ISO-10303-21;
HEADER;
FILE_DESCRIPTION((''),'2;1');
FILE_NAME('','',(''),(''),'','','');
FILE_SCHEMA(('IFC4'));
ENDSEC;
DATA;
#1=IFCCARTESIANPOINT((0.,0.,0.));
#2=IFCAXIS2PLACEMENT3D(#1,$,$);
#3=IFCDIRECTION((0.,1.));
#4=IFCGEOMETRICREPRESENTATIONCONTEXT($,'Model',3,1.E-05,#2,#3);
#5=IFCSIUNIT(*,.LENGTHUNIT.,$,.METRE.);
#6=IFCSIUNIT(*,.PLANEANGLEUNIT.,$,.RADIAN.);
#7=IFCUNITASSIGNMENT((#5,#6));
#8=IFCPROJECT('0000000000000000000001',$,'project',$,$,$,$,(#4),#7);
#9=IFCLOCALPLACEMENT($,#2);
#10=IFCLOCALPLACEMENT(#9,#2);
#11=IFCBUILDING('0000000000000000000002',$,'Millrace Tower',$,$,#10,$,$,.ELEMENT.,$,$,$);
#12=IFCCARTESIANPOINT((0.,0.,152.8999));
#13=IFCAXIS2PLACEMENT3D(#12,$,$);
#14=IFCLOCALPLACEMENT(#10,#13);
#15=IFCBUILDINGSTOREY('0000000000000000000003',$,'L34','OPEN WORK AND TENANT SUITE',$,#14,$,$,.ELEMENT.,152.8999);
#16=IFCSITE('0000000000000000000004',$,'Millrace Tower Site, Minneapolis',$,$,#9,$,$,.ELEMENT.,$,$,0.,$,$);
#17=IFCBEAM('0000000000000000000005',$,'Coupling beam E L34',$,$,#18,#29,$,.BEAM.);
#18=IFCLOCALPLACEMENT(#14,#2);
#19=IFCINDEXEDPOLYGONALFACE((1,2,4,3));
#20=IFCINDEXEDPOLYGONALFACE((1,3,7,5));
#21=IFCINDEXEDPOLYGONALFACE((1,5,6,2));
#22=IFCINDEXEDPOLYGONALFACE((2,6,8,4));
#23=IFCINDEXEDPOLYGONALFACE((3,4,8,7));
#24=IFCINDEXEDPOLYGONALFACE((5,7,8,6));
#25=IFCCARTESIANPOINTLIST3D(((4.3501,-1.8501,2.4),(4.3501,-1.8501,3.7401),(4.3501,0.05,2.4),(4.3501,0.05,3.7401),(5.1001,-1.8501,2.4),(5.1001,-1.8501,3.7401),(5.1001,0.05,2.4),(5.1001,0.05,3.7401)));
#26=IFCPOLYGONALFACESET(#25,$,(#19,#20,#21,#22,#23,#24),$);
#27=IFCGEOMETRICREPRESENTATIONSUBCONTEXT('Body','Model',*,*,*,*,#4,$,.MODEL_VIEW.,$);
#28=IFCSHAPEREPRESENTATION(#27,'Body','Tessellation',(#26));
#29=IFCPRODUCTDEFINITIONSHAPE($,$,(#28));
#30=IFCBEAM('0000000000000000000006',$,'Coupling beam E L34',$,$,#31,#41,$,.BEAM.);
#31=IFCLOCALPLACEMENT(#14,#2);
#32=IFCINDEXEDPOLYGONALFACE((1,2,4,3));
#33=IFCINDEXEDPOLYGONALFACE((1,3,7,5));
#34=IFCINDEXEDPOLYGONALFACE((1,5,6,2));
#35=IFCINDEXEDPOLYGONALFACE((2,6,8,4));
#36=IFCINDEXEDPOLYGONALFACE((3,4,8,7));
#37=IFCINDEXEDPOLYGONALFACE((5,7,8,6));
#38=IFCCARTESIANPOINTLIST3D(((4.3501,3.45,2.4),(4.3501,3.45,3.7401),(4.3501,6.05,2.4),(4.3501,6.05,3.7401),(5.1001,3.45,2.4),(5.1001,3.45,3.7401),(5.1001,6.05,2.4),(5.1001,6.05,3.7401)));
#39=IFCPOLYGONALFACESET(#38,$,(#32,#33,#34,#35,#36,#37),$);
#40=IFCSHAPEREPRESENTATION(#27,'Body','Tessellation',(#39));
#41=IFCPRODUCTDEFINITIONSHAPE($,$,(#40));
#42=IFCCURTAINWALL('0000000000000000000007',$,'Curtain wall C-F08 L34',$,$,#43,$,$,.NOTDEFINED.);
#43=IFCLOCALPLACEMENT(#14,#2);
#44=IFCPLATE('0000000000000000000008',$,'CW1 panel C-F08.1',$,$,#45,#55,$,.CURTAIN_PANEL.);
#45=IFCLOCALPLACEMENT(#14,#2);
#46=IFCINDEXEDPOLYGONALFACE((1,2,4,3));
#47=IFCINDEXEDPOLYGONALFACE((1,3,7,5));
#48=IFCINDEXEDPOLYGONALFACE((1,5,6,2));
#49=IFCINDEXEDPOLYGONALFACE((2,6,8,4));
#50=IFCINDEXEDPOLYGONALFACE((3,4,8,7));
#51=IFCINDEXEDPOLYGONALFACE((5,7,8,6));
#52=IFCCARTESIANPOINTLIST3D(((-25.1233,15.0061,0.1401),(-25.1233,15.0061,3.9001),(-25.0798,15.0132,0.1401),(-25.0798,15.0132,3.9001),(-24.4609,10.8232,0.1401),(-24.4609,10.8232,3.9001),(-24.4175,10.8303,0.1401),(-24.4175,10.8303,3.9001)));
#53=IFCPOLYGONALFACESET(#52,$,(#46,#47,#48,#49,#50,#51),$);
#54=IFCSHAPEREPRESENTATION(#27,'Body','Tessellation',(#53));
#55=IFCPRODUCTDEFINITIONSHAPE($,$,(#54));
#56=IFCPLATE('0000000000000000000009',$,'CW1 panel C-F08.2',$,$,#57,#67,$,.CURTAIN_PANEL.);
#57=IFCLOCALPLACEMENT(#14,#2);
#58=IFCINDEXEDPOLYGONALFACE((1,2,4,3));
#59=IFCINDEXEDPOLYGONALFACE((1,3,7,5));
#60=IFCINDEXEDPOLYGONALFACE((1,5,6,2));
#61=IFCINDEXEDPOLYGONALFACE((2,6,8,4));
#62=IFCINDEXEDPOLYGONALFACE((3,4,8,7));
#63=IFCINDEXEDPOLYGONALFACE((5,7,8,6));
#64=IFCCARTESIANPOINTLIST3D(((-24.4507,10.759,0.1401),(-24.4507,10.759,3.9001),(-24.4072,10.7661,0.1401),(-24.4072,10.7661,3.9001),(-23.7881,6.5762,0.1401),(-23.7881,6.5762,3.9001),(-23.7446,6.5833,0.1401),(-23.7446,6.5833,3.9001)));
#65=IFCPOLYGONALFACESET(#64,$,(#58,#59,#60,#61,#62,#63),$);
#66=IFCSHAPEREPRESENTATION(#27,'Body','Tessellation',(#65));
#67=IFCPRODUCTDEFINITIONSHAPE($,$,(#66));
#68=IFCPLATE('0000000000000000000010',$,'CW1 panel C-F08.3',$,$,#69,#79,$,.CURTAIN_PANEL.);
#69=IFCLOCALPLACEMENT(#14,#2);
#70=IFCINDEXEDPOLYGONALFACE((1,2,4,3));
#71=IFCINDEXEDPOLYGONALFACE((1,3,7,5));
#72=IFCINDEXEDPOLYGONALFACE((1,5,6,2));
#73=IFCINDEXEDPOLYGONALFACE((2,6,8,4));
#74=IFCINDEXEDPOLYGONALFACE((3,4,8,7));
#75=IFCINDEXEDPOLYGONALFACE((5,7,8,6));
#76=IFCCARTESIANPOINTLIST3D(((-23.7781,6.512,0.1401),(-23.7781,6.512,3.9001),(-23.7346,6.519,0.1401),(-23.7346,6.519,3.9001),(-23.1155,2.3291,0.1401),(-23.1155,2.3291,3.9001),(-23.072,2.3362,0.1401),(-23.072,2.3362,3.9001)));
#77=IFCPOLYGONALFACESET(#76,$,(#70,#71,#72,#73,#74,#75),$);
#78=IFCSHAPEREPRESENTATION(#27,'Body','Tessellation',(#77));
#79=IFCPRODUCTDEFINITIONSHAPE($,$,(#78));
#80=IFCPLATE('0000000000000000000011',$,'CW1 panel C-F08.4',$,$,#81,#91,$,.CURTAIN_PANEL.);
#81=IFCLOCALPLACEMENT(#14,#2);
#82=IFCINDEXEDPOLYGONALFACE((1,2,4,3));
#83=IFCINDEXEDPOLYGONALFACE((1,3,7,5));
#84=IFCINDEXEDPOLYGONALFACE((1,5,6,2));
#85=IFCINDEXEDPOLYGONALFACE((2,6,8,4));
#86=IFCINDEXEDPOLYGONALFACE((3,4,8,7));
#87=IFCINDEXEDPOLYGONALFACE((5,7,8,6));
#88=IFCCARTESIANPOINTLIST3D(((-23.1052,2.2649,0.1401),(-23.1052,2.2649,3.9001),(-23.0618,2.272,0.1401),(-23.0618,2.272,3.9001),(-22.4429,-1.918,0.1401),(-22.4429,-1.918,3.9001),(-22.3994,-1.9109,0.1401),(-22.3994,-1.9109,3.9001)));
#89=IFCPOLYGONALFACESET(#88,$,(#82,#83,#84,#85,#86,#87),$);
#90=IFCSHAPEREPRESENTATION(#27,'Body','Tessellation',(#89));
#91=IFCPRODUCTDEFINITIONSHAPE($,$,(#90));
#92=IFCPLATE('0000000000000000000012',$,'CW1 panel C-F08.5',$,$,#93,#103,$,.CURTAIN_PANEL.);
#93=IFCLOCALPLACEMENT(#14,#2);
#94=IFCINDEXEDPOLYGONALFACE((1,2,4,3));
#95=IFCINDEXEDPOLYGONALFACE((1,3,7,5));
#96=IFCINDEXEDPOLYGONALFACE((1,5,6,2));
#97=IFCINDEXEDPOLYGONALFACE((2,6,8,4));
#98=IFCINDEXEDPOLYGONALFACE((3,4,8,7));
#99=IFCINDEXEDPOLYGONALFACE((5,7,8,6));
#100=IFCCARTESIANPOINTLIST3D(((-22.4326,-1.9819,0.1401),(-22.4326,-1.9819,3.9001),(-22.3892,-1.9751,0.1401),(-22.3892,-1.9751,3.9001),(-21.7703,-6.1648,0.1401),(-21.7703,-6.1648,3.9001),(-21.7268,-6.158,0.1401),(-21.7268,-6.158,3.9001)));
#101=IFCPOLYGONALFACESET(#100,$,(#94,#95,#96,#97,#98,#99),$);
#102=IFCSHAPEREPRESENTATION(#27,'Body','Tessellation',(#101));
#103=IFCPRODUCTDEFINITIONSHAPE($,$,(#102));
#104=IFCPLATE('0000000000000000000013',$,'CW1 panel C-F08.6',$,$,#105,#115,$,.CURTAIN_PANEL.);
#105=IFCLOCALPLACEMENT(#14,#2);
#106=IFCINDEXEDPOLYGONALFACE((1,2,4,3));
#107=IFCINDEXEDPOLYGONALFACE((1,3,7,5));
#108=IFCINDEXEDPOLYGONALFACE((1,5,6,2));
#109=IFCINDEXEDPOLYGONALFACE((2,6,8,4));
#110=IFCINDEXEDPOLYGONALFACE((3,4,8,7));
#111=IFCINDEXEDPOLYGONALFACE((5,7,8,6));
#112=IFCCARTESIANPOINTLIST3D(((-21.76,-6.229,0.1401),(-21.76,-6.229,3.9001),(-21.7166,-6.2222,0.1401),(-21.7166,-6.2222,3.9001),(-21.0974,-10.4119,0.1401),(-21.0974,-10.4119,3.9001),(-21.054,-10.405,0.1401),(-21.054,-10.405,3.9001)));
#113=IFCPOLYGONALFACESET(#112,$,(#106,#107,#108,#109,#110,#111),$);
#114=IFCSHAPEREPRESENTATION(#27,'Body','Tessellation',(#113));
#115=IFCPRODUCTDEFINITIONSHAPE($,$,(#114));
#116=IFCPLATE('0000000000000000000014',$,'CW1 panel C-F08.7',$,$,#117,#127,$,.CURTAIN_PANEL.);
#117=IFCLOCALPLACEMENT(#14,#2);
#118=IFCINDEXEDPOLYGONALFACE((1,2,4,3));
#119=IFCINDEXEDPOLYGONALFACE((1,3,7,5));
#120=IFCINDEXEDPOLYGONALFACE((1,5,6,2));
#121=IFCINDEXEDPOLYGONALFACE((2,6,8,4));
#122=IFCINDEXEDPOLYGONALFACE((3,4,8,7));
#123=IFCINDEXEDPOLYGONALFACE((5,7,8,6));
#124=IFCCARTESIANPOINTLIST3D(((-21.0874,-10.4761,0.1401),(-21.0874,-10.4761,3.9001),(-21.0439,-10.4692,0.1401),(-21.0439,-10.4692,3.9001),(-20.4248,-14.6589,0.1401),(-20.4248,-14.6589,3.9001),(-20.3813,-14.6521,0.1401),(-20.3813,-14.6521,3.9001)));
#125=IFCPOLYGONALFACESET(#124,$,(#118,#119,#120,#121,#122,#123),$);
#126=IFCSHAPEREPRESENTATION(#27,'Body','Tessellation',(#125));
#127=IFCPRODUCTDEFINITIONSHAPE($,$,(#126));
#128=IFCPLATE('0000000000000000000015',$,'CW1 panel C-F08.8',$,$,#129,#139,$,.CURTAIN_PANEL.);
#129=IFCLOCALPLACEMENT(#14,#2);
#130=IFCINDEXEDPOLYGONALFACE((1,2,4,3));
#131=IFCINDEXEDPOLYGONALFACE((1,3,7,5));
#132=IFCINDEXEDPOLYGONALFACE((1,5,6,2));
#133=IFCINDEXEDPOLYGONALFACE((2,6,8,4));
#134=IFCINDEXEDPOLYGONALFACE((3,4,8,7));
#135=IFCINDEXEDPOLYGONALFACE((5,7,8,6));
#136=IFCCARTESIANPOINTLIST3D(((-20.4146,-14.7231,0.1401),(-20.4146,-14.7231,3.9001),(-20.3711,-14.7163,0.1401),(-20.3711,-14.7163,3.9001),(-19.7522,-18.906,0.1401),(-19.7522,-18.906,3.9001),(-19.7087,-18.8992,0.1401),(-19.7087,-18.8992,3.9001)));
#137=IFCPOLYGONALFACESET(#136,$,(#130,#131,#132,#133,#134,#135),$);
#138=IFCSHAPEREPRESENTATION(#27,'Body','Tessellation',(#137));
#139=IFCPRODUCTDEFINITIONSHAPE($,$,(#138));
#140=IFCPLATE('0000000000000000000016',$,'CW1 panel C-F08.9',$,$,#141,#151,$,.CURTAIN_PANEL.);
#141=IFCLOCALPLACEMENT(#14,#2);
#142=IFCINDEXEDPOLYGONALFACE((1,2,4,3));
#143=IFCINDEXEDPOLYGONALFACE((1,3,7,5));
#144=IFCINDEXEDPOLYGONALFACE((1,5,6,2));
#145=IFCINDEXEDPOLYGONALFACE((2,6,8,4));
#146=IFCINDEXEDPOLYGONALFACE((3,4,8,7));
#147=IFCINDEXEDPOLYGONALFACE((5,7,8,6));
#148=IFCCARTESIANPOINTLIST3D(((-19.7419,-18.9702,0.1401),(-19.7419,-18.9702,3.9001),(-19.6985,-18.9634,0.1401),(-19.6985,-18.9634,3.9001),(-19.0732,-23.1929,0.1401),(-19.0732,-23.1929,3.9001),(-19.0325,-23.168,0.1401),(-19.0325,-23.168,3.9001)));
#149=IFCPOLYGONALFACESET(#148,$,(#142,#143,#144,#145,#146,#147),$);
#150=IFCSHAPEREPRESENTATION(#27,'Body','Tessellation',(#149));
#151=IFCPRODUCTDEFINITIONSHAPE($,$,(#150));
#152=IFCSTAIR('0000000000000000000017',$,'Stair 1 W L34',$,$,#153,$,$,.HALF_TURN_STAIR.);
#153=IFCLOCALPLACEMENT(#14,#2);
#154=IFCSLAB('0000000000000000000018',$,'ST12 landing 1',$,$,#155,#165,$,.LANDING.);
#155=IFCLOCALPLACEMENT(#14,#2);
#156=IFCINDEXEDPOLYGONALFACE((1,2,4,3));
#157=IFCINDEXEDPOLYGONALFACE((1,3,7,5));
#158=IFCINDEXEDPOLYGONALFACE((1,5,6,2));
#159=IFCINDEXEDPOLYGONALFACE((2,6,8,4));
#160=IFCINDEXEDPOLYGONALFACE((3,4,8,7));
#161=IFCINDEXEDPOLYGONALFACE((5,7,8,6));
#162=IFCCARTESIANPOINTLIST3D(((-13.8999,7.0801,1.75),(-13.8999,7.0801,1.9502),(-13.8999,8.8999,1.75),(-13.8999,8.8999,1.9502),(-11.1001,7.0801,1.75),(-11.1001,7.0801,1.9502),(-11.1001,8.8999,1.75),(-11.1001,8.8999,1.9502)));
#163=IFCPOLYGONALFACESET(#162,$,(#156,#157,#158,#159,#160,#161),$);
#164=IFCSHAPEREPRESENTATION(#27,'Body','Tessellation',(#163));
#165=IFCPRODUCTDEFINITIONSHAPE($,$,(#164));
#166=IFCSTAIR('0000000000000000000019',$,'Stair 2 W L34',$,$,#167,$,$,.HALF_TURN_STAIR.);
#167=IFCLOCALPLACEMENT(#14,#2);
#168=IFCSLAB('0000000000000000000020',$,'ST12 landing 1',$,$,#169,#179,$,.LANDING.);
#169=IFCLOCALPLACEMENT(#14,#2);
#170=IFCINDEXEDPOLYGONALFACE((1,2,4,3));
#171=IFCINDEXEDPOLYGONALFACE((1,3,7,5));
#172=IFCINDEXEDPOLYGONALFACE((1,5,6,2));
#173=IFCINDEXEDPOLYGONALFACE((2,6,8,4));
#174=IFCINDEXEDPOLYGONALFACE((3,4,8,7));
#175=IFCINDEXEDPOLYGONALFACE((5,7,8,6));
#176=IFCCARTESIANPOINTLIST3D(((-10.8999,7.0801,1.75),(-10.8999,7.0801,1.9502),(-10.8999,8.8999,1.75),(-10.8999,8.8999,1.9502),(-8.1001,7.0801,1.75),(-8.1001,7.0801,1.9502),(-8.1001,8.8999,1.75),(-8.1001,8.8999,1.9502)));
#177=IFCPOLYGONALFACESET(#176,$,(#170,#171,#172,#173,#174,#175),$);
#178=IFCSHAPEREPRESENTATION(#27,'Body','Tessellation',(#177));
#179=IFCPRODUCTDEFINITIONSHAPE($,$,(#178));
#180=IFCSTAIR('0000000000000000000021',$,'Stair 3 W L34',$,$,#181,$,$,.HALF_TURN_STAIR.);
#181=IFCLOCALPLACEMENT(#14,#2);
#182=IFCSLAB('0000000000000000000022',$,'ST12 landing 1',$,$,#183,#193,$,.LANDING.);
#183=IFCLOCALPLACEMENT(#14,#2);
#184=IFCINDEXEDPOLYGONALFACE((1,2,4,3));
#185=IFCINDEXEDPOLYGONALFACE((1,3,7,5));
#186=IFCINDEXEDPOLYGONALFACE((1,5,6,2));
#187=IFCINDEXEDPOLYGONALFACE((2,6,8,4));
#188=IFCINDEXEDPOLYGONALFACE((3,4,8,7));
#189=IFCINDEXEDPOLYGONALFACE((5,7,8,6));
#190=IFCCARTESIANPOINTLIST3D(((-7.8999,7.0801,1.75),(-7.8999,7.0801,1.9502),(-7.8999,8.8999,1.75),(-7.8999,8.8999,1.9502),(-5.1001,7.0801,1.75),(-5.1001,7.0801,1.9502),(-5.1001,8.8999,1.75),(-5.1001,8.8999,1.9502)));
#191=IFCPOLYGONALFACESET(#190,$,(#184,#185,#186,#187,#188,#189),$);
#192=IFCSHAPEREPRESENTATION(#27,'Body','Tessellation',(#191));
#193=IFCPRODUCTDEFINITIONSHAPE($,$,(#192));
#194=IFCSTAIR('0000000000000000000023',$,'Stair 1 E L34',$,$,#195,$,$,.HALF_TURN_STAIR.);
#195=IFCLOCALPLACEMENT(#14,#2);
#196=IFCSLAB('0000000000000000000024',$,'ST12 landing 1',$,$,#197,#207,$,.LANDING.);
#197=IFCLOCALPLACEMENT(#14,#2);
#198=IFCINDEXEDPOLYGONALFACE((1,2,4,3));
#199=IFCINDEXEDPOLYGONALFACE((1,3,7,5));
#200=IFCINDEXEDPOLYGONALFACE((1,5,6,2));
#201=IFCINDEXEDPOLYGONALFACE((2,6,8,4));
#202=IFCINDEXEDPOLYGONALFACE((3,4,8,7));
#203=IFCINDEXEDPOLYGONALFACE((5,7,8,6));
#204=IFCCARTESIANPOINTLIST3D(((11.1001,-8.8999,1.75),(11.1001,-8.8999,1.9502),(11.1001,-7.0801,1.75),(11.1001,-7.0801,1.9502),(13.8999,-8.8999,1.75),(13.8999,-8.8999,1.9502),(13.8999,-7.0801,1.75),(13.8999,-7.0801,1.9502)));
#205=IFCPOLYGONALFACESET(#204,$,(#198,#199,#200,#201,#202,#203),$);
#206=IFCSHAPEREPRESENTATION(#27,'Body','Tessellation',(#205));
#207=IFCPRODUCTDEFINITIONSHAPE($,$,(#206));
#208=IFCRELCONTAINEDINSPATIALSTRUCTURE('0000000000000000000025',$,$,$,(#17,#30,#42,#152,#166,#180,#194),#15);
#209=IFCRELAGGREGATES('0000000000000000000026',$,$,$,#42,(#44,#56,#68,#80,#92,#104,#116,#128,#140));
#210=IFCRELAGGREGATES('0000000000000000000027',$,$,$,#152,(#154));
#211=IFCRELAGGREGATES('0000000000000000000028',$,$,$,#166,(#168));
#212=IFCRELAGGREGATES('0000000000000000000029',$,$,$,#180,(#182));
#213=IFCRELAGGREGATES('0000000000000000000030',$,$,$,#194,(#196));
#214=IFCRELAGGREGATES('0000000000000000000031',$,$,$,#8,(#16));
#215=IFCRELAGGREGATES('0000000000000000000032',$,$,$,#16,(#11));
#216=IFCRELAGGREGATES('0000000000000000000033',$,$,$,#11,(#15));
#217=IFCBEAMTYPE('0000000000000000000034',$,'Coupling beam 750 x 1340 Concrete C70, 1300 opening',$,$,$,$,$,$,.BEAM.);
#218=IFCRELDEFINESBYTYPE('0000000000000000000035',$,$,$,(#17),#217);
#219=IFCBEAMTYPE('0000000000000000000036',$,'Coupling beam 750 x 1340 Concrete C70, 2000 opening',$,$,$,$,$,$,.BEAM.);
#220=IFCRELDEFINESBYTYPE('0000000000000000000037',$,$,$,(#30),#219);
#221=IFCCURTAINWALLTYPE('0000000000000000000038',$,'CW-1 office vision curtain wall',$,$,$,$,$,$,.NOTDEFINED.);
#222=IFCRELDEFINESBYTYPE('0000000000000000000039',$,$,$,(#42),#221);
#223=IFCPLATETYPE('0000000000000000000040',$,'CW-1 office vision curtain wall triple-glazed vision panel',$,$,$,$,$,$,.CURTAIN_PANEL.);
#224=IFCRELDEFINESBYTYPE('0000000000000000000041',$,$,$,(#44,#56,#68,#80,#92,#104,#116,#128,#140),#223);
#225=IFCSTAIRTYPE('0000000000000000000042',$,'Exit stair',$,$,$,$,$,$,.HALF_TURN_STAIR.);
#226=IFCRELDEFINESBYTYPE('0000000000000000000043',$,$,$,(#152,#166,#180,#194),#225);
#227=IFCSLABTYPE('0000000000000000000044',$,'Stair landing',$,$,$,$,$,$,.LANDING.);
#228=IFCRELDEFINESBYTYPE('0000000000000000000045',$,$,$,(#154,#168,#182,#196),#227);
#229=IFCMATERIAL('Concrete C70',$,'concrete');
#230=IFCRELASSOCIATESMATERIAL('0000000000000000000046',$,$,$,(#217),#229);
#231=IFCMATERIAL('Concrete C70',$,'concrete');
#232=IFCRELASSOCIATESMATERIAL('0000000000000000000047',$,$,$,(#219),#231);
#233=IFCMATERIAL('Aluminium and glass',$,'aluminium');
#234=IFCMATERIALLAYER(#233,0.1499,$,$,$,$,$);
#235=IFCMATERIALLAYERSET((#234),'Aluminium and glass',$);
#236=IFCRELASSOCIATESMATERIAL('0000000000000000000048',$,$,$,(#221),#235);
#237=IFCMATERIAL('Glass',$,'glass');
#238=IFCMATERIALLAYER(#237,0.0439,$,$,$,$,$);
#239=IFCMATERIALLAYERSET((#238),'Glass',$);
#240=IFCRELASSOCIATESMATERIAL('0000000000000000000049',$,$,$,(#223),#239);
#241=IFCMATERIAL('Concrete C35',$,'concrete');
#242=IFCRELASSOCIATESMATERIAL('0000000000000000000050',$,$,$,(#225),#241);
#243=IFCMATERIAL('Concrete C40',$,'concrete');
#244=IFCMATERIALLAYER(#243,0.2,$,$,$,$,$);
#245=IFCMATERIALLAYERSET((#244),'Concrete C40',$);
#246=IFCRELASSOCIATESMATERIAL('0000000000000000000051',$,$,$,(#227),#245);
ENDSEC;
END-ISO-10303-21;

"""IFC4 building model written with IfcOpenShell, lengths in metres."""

from ifc_helpers import new_model, si_unit, direction, frame, origin, origin_2d, place, context, subcontext, project, spatial, polyline, rectangle, outline, extrude, material, layer, layer_set, material_profile, profile_set, type_object, element, aggregate, save


model = new_model("IFC4")

# Units and contexts
model_context = context("Model", 3, precision=1e-05, world=origin(), true_north=direction((0.0, 1.0)))
body_context = subcontext(model_context, "Body", "Model", "MODEL_VIEW")
ifc_project = project(units=[si_unit("LENGTHUNIT", "METRE"), si_unit("PLANEANGLEUNIT", "RADIAN")], contexts=[model_context])

# Site, building, storey
site_placement = place(None, origin())
site = spatial("IfcSite", under=ifc_project, at=site_placement, Name="Millrace Tower Site, Minneapolis", CompositionType="ELEMENT", RefElevation=0.0)
building_placement = place(site_placement, origin())
building = spatial("IfcBuilding", under=site, at=building_placement, Name="Millrace Tower", CompositionType="ELEMENT")
storey_placement = place(building_placement, frame((0.0, 0.0, 152.8999)))
storey = spatial("IfcBuildingStorey", under=building, at=storey_placement, Name="L34", Description="OPEN WORK AND TENANT SUITE", CompositionType="ELEMENT", Elevation=152.8999)

# Beams
ifc_material_1 = material(Name="Concrete C70", Category="concrete")
ifc_material_profile_1 = material_profile(ifc_material_1, rectangle(XDim=0.75, YDim=1.3401, at=origin_2d()))
ifc_profile_set_1 = profile_set([ifc_material_profile_1], Name="Concrete C70")
beam_type_1 = type_object("IfcBeamType", Name="Coupling beam 750 x 1340 Concrete C70, 1300 opening", PredefinedType="BEAM", material=ifc_profile_set_1)
beam_1_placement = place(storey_placement, frame((4.7251, 0.05, 3.0701), z_axis=(0.0, -1.0, 0.0), x_axis=(1.0, 0.0, 0.0)))
element("IfcBeam", 1, at=beam_1_placement, inside=storey, type_object=beam_type_1, Name="Coupling beam E L34", PredefinedType="BEAM", context=body_context, shape_type="SweptSolid", body=[
    extrude(rectangle(XDim=0.75, YDim=1.3401, at=origin_2d()), origin(), (0.0, 0.0, 1.0), 1.9001),
])
ifc_material_2 = material(Name="Concrete C70", Category="concrete")
ifc_material_profile_2 = material_profile(ifc_material_2, rectangle(XDim=0.75, YDim=1.3401, at=origin_2d()))
ifc_profile_set_2 = profile_set([ifc_material_profile_2], Name="Concrete C70")
beam_type_2 = type_object("IfcBeamType", Name="Coupling beam 750 x 1340 Concrete C70, 2000 opening", PredefinedType="BEAM", material=ifc_profile_set_2)
beam_2_placement = place(storey_placement, frame((4.7251, 6.05, 3.0701), z_axis=(0.0, -1.0, 0.0), x_axis=(1.0, 0.0, 0.0)))
element("IfcBeam", 2, at=beam_2_placement, inside=storey, type_object=beam_type_2, Name="Coupling beam E L34", PredefinedType="BEAM", context=body_context, shape_type="SweptSolid", body=[
    extrude(rectangle(XDim=0.75, YDim=1.3401, at=origin_2d()), origin(), (0.0, 0.0, 1.0), 2.6001),
])

# Curtain wall, plates
ifc_material_3 = material(Name="Aluminium and glass", Category="aluminium")
ifc_layer_1 = layer(ifc_material_3, 0.1499)
ifc_layer_set_1 = layer_set([ifc_layer_1], Name="Aluminium and glass")
curtain_wall_type = type_object("IfcCurtainWallType", Name="CW-1 office vision curtain wall", PredefinedType="NOTDEFINED", material=ifc_layer_set_1)
placement_1 = place(storey_placement, origin())
curtain_wall = element("IfcCurtainWall", 3, at=placement_1, inside=storey, type_object=curtain_wall_type, Name="Curtain wall C-F08 L34", PredefinedType="NOTDEFINED")
ifc_material_4 = material(Name="Glass", Category="glass")
ifc_layer_2 = layer(ifc_material_4, 0.0439)
ifc_layer_set_2 = layer_set([ifc_layer_2], Name="Glass")
plate_type = type_object("IfcPlateType", Name="CW-1 office vision curtain wall triple-glazed vision panel", PredefinedType="CURTAIN_PANEL", material=ifc_layer_set_2)
placement_2 = place(storey_placement, frame((0.0, 0.0, 0.1401)))
plate_1 = element("IfcPlate", 4, at=placement_2, type_object=plate_type, Name="CW1 panel C-F08.1", PredefinedType="CURTAIN_PANEL", context=body_context, shape_type="SweptSolid", body=[
    extrude(outline(polyline([(-25.1233, 15.0061), (-24.4609, 10.8232), (-24.4175, 10.8303), (-25.0798, 15.0132), (-25.1233, 15.0061)])), origin(), (0.0, 0.0, 1.0), 3.76),
])
plate_2 = element("IfcPlate", 5, at=placement_2, type_object=plate_type, Name="CW1 panel C-F08.2", PredefinedType="CURTAIN_PANEL", context=body_context, shape_type="SweptSolid", body=[
    extrude(outline(polyline([(-24.4507, 10.759), (-23.7881, 6.5762), (-23.7446, 6.5833), (-24.4072, 10.7661), (-24.4507, 10.759)])), origin(), (0.0, 0.0, 1.0), 3.76),
])
plate_3 = element("IfcPlate", 6, at=placement_2, type_object=plate_type, Name="CW1 panel C-F08.3", PredefinedType="CURTAIN_PANEL", context=body_context, shape_type="SweptSolid", body=[
    extrude(outline(polyline([(-23.7781, 6.512), (-23.1155, 2.3291), (-23.072, 2.3362), (-23.7346, 6.519), (-23.7781, 6.512)])), origin(), (0.0, 0.0, 1.0), 3.76),
])
plate_4 = element("IfcPlate", 7, at=placement_2, type_object=plate_type, Name="CW1 panel C-F08.4", PredefinedType="CURTAIN_PANEL", context=body_context, shape_type="SweptSolid", body=[
    extrude(outline(polyline([(-23.1052, 2.2649), (-22.4429, -1.918), (-22.3994, -1.9109), (-23.0618, 2.272), (-23.1052, 2.2649)])), origin(), (0.0, 0.0, 1.0), 3.76),
])
plate_5 = element("IfcPlate", 8, at=placement_2, type_object=plate_type, Name="CW1 panel C-F08.5", PredefinedType="CURTAIN_PANEL", context=body_context, shape_type="SweptSolid", body=[
    extrude(outline(polyline([(-22.4326, -1.9819), (-21.7703, -6.1648), (-21.7268, -6.158), (-22.3892, -1.9751), (-22.4326, -1.9819)])), origin(), (0.0, 0.0, 1.0), 3.76),
])
plate_6 = element("IfcPlate", 9, at=placement_2, type_object=plate_type, Name="CW1 panel C-F08.6", PredefinedType="CURTAIN_PANEL", context=body_context, shape_type="SweptSolid", body=[
    extrude(outline(polyline([(-21.76, -6.229), (-21.0974, -10.4119), (-21.054, -10.405), (-21.7166, -6.2222), (-21.76, -6.229)])), origin(), (0.0, 0.0, 1.0), 3.76),
])
plate_7 = element("IfcPlate", 10, at=placement_2, type_object=plate_type, Name="CW1 panel C-F08.7", PredefinedType="CURTAIN_PANEL", context=body_context, shape_type="SweptSolid", body=[
    extrude(outline(polyline([(-21.0874, -10.4761), (-20.4248, -14.6589), (-20.3813, -14.6521), (-21.0439, -10.4692), (-21.0874, -10.4761)])), origin(), (0.0, 0.0, 1.0), 3.76),
])
plate_8 = element("IfcPlate", 11, at=placement_2, type_object=plate_type, Name="CW1 panel C-F08.8", PredefinedType="CURTAIN_PANEL", context=body_context, shape_type="SweptSolid", body=[
    extrude(outline(polyline([(-20.4146, -14.7231), (-19.7522, -18.906), (-19.7087, -18.8992), (-20.3711, -14.7163), (-20.4146, -14.7231)])), origin(), (0.0, 0.0, 1.0), 3.76),
])
plate_9 = element("IfcPlate", 12, at=placement_2, type_object=plate_type, Name="CW1 panel C-F08.9", PredefinedType="CURTAIN_PANEL", context=body_context, shape_type="SweptSolid", body=[
    extrude(outline(polyline([(-19.7419, -18.9702), (-19.0732, -23.1929), (-19.0325, -23.168), (-19.6985, -18.9634), (-19.7419, -18.9702)])), origin(), (0.0, 0.0, 1.0), 3.76),
])
aggregate(curtain_wall, [plate_1, plate_2, plate_3, plate_4, plate_5, plate_6, plate_7, plate_8, plate_9])

# Stairs, slabs
ifc_material_5 = material(Name="Concrete C35", Category="concrete")
stair_type = type_object("IfcStairType", Name="Exit stair", PredefinedType="HALF_TURN_STAIR", material=ifc_material_5)
stair_1 = element("IfcStair", 13, at=placement_1, inside=storey, type_object=stair_type, Name="Stair 1 W L34", PredefinedType="HALF_TURN_STAIR")
ifc_material_6 = material(Name="Concrete C40", Category="concrete")
ifc_layer_3 = layer(ifc_material_6, 0.2)
ifc_layer_set_3 = layer_set([ifc_layer_3], Name="Concrete C40")
slab_type = type_object("IfcSlabType", Name="Stair landing", PredefinedType="LANDING", material=ifc_layer_set_3)
placement_3 = place(storey_placement, frame((0.0, 0.0, 1.75)))
slab_1 = element("IfcSlab", 14, at=placement_3, type_object=slab_type, Name="ST12 landing 1", PredefinedType="LANDING", context=body_context, shape_type="SweptSolid", body=[
    extrude(outline(polyline([(-13.8999, 7.0801), (-11.1001, 7.0801), (-11.1001, 8.8999), (-13.8999, 8.8999), (-13.8999, 7.0801)])), origin(), (0.0, 0.0, 1.0), 0.2002),
])
aggregate(stair_1, [slab_1])
stair_2 = element("IfcStair", 15, at=placement_1, inside=storey, type_object=stair_type, Name="Stair 2 W L34", PredefinedType="HALF_TURN_STAIR")
slab_2 = element("IfcSlab", 16, at=placement_3, type_object=slab_type, Name="ST12 landing 1", PredefinedType="LANDING", context=body_context, shape_type="SweptSolid", body=[
    extrude(outline(polyline([(-10.8999, 7.0801), (-8.1001, 7.0801), (-8.1001, 8.8999), (-10.8999, 8.8999), (-10.8999, 7.0801)])), origin(), (0.0, 0.0, 1.0), 0.2002),
])
aggregate(stair_2, [slab_2])
stair_3 = element("IfcStair", 17, at=placement_1, inside=storey, type_object=stair_type, Name="Stair 3 W L34", PredefinedType="HALF_TURN_STAIR")
slab_3 = element("IfcSlab", 18, at=placement_3, type_object=slab_type, Name="ST12 landing 1", PredefinedType="LANDING", context=body_context, shape_type="SweptSolid", body=[
    extrude(outline(polyline([(-7.8999, 7.0801), (-5.1001, 7.0801), (-5.1001, 8.8999), (-7.8999, 8.8999), (-7.8999, 7.0801)])), origin(), (0.0, 0.0, 1.0), 0.2002),
])
aggregate(stair_3, [slab_3])
stair_4 = element("IfcStair", 19, at=placement_1, inside=storey, type_object=stair_type, Name="Stair 1 E L34", PredefinedType="HALF_TURN_STAIR")
slab_4 = element("IfcSlab", 20, at=placement_3, type_object=slab_type, Name="ST12 landing 1", PredefinedType="LANDING", context=body_context, shape_type="SweptSolid", body=[
    extrude(outline(polyline([(11.1001, -8.8999), (13.8999, -8.8999), (13.8999, -7.0801), (11.1001, -7.0801), (11.1001, -8.8999)])), origin(), (0.0, 0.0, 1.0), 0.2002),
])
aggregate(stair_4, [slab_4])

save(model, "model.ifc")
